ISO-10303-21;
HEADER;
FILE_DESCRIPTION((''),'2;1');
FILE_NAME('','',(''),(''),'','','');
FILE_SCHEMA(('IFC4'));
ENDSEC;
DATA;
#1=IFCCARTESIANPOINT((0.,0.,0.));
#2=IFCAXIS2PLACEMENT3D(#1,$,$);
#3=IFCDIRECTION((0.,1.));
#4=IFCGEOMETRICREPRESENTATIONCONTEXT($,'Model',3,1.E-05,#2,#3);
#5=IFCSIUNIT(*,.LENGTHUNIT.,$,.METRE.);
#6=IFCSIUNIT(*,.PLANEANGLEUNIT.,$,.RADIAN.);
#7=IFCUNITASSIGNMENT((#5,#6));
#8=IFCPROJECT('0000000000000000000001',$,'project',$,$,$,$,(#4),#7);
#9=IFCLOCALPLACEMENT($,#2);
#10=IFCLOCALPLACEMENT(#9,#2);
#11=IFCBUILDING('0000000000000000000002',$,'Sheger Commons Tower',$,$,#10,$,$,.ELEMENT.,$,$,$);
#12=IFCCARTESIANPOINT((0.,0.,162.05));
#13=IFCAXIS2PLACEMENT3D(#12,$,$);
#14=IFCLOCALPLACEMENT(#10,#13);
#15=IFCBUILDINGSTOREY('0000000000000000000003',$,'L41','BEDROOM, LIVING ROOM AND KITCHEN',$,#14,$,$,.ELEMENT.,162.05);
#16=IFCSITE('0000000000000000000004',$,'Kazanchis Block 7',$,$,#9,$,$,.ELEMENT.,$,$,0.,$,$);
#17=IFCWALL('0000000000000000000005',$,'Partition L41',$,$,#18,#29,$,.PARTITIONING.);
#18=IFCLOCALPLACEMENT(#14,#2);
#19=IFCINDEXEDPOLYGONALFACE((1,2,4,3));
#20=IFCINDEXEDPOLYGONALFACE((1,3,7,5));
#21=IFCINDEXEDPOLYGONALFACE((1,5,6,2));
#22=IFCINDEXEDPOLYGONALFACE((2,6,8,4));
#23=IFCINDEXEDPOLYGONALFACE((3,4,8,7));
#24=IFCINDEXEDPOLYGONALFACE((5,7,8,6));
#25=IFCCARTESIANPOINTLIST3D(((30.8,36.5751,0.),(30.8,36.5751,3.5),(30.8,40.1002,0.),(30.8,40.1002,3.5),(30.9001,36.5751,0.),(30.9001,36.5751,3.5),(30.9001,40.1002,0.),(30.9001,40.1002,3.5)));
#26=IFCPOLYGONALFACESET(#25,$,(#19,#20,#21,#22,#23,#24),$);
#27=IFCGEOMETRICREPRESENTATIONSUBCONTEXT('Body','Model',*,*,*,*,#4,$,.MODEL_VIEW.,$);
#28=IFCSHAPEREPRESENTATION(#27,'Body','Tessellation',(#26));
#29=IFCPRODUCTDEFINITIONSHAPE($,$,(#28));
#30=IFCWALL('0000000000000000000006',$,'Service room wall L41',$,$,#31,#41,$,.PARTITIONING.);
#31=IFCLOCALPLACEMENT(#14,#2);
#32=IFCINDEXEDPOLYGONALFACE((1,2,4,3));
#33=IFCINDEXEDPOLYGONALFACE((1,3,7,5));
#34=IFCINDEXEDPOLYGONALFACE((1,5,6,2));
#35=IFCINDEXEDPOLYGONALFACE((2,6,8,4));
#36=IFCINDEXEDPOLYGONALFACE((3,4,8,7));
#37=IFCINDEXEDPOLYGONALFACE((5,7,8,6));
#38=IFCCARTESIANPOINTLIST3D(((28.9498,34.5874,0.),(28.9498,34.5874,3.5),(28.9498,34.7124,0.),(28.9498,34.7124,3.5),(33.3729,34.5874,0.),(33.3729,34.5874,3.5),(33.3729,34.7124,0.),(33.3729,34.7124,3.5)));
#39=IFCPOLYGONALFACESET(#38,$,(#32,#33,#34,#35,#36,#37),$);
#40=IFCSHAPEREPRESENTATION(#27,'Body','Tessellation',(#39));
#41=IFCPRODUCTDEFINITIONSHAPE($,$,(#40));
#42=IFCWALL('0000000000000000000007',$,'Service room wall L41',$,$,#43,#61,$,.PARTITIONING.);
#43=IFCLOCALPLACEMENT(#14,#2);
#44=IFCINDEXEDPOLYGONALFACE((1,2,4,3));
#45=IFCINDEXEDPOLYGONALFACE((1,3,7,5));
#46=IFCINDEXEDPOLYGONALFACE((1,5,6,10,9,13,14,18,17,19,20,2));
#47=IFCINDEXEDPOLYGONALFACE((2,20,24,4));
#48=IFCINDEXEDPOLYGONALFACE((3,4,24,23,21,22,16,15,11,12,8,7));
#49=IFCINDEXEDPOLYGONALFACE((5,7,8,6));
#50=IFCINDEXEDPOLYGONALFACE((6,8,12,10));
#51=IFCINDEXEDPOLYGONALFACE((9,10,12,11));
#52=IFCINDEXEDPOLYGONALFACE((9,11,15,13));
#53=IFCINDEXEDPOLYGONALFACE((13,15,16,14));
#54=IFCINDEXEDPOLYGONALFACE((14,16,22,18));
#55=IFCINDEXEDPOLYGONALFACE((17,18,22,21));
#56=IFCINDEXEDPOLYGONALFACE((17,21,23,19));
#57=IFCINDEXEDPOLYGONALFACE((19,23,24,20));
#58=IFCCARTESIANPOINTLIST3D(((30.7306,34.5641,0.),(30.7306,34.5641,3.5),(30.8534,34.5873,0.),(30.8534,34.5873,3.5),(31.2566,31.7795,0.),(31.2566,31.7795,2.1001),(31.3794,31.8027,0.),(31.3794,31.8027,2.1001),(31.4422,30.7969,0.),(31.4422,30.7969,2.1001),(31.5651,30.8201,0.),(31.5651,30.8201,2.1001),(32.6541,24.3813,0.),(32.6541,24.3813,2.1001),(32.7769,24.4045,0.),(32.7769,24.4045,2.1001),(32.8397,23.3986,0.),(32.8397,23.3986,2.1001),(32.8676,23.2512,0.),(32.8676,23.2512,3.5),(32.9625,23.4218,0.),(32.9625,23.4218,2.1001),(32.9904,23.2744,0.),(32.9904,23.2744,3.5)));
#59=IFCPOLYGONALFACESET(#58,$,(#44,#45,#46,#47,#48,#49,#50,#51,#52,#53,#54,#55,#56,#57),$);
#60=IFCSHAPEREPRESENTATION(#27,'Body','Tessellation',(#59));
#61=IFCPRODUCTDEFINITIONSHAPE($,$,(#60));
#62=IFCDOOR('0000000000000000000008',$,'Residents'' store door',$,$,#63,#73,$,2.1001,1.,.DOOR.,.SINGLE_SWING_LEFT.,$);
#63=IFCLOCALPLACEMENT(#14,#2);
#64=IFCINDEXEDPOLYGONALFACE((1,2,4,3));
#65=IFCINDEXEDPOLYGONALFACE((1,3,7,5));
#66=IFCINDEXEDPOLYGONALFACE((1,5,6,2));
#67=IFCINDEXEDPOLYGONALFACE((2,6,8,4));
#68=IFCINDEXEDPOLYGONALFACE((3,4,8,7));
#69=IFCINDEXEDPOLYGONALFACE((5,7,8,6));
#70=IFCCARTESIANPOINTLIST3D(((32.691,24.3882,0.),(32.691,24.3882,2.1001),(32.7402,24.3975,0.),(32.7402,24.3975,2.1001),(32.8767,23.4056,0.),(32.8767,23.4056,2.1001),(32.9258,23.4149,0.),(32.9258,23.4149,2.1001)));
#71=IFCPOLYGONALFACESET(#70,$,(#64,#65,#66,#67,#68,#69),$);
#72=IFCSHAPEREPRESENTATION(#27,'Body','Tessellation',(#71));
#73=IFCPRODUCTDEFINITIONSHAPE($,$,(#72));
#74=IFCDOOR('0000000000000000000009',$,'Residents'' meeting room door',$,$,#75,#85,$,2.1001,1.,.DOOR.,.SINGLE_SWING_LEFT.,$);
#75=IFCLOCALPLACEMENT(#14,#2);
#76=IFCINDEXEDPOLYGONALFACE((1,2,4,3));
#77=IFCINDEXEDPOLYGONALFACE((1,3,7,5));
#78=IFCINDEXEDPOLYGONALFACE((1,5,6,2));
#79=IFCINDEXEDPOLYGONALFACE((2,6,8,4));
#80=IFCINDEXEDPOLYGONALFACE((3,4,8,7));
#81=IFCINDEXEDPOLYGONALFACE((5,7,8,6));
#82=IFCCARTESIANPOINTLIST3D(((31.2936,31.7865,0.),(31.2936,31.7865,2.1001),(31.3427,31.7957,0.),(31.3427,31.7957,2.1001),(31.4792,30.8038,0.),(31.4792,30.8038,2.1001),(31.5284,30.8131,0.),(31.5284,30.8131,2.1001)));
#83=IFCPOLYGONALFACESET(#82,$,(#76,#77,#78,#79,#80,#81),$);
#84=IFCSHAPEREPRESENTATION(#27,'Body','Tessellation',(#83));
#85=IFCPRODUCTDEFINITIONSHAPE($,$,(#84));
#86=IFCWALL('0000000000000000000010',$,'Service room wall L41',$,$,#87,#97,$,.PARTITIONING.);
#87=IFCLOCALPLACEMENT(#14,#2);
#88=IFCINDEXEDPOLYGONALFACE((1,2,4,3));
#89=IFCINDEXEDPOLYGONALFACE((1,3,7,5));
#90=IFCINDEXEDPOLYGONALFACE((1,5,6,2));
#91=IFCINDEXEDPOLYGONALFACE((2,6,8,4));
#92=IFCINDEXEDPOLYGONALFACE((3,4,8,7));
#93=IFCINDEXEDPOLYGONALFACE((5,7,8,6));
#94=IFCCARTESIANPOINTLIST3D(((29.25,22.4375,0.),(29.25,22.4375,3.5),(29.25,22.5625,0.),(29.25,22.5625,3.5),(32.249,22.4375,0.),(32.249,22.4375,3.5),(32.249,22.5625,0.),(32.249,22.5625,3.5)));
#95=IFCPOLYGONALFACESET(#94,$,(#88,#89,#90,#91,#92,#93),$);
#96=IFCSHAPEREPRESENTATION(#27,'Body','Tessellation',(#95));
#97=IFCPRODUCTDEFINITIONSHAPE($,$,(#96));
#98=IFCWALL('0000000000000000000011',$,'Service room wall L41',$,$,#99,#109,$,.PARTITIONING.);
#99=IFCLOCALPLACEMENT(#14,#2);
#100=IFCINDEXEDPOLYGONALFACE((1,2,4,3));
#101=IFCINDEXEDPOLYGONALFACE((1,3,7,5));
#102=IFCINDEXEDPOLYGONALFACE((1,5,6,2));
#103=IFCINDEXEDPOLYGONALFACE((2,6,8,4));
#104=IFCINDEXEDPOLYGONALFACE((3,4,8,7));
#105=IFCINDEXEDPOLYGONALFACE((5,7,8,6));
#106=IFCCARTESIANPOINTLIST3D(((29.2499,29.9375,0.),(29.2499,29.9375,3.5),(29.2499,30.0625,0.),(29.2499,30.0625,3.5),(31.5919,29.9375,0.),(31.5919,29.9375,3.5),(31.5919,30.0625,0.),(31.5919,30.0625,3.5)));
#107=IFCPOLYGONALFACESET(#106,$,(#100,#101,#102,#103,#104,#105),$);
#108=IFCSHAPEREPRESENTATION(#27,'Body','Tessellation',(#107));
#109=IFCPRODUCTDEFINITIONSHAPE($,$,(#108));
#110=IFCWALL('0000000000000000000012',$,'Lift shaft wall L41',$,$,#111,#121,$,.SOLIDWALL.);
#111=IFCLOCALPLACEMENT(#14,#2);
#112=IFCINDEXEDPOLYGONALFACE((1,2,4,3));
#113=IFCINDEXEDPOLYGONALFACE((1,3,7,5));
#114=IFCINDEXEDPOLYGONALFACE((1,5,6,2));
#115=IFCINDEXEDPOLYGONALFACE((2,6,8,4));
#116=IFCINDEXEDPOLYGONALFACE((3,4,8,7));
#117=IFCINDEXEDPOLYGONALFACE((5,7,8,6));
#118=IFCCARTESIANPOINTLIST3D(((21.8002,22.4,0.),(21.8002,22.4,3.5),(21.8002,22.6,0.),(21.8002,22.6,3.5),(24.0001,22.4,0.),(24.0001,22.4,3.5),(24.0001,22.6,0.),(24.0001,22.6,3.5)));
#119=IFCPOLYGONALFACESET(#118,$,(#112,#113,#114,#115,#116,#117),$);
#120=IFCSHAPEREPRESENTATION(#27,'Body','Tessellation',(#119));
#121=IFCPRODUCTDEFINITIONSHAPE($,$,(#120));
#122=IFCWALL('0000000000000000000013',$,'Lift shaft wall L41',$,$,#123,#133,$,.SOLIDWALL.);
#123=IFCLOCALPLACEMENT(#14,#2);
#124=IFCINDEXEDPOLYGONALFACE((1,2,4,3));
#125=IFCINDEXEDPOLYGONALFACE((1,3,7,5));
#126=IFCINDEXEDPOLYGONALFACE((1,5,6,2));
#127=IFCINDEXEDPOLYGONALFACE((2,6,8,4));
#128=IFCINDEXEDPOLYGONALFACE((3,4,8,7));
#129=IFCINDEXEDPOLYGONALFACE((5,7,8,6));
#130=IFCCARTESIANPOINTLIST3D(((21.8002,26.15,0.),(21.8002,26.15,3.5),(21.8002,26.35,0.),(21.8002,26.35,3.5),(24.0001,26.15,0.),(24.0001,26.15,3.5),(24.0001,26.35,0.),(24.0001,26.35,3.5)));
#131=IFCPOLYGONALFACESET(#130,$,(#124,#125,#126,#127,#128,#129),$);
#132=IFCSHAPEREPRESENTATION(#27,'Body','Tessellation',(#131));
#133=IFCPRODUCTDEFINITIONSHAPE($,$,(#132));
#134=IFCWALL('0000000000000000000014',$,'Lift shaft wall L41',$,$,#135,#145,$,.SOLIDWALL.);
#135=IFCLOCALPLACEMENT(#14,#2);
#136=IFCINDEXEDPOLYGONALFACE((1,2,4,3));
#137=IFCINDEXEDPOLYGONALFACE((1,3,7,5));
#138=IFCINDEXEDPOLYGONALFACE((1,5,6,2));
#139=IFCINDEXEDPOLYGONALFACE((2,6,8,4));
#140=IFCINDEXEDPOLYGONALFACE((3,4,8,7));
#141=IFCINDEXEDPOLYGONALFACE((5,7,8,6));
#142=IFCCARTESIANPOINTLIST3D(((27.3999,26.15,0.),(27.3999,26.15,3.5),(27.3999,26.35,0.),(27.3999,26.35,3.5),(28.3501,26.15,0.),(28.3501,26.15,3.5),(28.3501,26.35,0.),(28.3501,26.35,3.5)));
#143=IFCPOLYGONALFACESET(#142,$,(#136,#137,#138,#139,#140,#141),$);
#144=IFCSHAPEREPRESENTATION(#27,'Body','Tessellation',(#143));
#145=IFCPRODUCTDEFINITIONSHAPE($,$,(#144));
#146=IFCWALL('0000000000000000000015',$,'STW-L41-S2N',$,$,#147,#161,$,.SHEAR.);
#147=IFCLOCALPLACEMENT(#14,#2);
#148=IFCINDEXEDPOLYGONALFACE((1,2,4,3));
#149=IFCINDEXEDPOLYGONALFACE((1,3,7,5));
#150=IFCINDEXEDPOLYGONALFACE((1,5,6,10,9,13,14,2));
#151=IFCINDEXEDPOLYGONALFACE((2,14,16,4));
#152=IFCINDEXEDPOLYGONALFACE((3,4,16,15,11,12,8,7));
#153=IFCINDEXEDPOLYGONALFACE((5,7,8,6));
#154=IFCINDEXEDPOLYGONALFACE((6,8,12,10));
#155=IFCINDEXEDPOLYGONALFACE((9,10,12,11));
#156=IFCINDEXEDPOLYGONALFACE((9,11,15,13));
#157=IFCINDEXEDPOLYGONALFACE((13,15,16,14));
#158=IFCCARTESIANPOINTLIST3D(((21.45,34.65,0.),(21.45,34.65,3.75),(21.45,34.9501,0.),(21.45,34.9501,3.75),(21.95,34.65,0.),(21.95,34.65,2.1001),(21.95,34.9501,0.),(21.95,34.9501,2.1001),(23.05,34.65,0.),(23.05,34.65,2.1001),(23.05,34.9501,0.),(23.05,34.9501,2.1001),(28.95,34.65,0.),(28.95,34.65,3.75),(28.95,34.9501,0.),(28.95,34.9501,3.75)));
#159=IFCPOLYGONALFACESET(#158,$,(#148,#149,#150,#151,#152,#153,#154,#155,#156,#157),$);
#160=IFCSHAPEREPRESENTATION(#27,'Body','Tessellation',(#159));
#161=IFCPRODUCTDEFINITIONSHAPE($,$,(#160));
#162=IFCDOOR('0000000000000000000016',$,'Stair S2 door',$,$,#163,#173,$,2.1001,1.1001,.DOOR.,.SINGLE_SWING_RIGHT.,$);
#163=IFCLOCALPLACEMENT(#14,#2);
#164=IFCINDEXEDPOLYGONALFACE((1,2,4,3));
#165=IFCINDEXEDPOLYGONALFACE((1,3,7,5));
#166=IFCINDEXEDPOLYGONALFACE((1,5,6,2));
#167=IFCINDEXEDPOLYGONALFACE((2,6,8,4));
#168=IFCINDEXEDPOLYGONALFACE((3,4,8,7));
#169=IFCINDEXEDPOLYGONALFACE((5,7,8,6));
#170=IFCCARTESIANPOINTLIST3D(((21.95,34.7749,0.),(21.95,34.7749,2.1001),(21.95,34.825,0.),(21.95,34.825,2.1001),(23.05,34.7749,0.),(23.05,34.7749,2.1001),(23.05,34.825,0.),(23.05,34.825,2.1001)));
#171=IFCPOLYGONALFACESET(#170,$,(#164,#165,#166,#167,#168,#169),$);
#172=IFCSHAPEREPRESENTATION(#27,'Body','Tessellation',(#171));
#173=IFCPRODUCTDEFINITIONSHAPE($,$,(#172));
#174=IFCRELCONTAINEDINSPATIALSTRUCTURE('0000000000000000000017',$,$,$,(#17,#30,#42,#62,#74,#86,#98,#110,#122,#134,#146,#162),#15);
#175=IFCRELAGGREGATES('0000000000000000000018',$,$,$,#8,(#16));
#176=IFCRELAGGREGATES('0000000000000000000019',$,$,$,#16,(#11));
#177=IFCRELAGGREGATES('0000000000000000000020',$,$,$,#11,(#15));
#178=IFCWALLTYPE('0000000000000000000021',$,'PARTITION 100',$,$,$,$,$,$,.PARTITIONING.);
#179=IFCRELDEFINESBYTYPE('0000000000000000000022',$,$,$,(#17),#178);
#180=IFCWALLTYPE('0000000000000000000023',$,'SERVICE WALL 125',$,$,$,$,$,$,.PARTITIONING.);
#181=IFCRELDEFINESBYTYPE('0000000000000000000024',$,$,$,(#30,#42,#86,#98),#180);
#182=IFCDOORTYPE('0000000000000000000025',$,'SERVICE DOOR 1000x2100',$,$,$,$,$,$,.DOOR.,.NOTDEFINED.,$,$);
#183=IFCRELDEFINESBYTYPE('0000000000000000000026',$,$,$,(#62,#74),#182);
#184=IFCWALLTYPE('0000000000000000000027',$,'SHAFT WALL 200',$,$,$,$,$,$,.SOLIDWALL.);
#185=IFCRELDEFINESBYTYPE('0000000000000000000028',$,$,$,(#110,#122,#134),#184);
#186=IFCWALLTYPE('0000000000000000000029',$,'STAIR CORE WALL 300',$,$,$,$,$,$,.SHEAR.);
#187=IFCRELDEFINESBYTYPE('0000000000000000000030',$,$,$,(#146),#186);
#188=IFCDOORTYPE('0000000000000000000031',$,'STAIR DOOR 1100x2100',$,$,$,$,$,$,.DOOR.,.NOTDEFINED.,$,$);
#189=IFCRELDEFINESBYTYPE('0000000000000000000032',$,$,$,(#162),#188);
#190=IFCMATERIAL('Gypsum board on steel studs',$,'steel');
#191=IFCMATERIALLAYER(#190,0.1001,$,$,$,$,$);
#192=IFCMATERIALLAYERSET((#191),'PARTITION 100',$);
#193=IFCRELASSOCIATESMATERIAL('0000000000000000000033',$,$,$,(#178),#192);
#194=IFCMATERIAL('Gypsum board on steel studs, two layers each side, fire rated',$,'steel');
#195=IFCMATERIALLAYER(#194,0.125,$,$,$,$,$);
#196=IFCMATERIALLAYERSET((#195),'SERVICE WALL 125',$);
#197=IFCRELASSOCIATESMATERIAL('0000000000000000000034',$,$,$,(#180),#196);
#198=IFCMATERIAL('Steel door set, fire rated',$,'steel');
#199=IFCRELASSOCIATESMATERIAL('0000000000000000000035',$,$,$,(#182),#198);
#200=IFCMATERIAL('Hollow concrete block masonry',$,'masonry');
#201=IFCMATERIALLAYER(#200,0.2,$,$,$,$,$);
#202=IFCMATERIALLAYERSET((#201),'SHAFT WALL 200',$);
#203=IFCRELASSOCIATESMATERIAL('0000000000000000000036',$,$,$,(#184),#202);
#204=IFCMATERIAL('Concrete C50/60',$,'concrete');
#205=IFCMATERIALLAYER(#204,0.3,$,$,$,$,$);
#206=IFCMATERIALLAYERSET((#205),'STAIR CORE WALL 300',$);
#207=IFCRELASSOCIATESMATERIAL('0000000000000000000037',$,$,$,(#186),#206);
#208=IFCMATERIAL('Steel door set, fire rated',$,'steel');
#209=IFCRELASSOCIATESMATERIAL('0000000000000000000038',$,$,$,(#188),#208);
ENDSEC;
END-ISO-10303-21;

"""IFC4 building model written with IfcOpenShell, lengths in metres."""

from ifc_helpers import new_model, si_unit, direction, frame, frame_2d, origin, place, context, subcontext, project, spatial, rectangle, extrude, material, layer, layer_set, type_object, element, fill, save


model = new_model("IFC4")

# Units and contexts
model_context = context("Model", 3, precision=1e-05, world=origin(), true_north=direction((0.0, 1.0)))
body_context = subcontext(model_context, "Body", "Model", "MODEL_VIEW")
ifc_project = project(units=[si_unit("LENGTHUNIT", "METRE"), si_unit("PLANEANGLEUNIT", "RADIAN")], contexts=[model_context])

# Site, building, storey
site_placement = place(None, origin())
site = spatial("IfcSite", under=ifc_project, at=site_placement, Name="Kazanchis Block 7", CompositionType="ELEMENT", RefElevation=0.0)
building_placement = place(site_placement, origin())
building = spatial("IfcBuilding", under=site, at=building_placement, Name="Sheger Commons Tower", CompositionType="ELEMENT")
storey_placement = place(building_placement, frame((0.0, 0.0, 162.05)))
storey = spatial("IfcBuildingStorey", under=building, at=storey_placement, Name="L41", Description="BEDROOM, LIVING ROOM AND KITCHEN", CompositionType="ELEMENT", Elevation=162.05)

# Walls
ifc_material_1 = material(Name="Gypsum board on steel studs", Category="steel")
ifc_layer_1 = layer(ifc_material_1, 0.1001)
ifc_layer_set_1 = layer_set([ifc_layer_1], Name="PARTITION 100")
wall_type_1 = type_object("IfcWallType", Name="PARTITION 100", PredefinedType="PARTITIONING", material=ifc_layer_set_1)
for number, where, z_axis, x_axis, name in (
    (1, (30.8501, 36.575, 0.0), (0.0, 0.0, 1.0), (0.0, 1.0, 0.0), "Partition L41"),
):
    element("IfcWall", number, at=place(storey_placement, frame(where, z_axis=z_axis, x_axis=x_axis)), inside=storey, type_object=wall_type_1, Name=name, PredefinedType="PARTITIONING", context=body_context, shape_type="SweptSolid", body=[
        extrude(rectangle(XDim=3.5251, YDim=0.1001, at=frame_2d((1.7627, 0.0))), origin(), (0.0, 0.0, 1.0), 3.5),
    ])
ifc_material_2 = material(Name="Gypsum board on steel studs, two layers each side, fire rated", Category="steel")
ifc_layer_2 = layer(ifc_material_2, 0.125)
ifc_layer_set_2 = layer_set([ifc_layer_2], Name="SERVICE WALL 125")
wall_type_2 = type_object("IfcWallType", Name="SERVICE WALL 125", PredefinedType="PARTITIONING", material=ifc_layer_set_2)
wall_1_placement = place(storey_placement, frame((28.95, 34.6499, 0.0), z_axis=(0.0, 0.0, 1.0), x_axis=(1.0, 0.0, 0.0)))
element("IfcWall", 2, at=wall_1_placement, inside=storey, type_object=wall_type_2, Name="Service room wall L41", PredefinedType="PARTITIONING", context=body_context, shape_type="SweptSolid", body=[
    extrude(rectangle(XDim=4.4231, YDim=0.125, at=frame_2d((2.2114, 0.0))), origin(), (0.0, 0.0, 1.0), 3.5),
])

# Wall, openings, doors
wall_2_placement = place(storey_placement, frame((32.929, 23.2629, 0.0), z_axis=(0.0, 0.0, 1.0), x_axis=(-0.185612, 0.982623, 0.0)))
wall_2 = element("IfcWall", 3, at=wall_2_placement, inside=storey, type_object=wall_type_2, Name="Service room wall L41", PredefinedType="PARTITIONING", context=body_context, shape_type="SweptSolid", body=[
    extrude(rectangle(XDim=11.5129, YDim=0.125, at=frame_2d((5.7563, 0.0))), origin(), (0.0, 0.0, 1.0), 3.5),
])
opening_1_placement = place(wall_2_placement, frame((0.1499, 0.0, 0.0)))
opening_1 = element("IfcOpeningElement", 4, at=opening_1_placement, cuts=wall_2, PredefinedType="OPENING", context=body_context, shape_type="SweptSolid", body=[
    extrude(rectangle(XDim=1.0, YDim=2.1001, at=frame_2d((0.5, 1.05))), frame((0.0, 0.0725, 0.0), z_axis=(0.0, -1.0, 0.0), x_axis=(1.0, 0.0, 0.0)), (0.0, 0.0, 1.0), 0.145),
])
opening_2_placement = place(wall_2_placement, frame((7.679, 0.0, 0.0)))
opening_2 = element("IfcOpeningElement", 5, at=opening_2_placement, cuts=wall_2, PredefinedType="OPENING", context=body_context, shape_type="SweptSolid", body=[
    extrude(rectangle(XDim=1.0, YDim=2.1001, at=frame_2d((0.5, 1.05))), frame((0.0, 0.0725, 0.0), z_axis=(0.0, -1.0, 0.0), x_axis=(1.0, 0.0, 0.0)), (0.0, 0.0, 1.0), 0.145),
])
ifc_material_3 = material(Name="Steel door set, fire rated", Category="steel")
door_type_1 = type_object("IfcDoorType", Name="SERVICE DOOR 1000x2100", OperationType="NOTDEFINED", PredefinedType="DOOR", material=ifc_material_3)
door_1_placement = place(opening_1_placement, origin())
door_1 = element("IfcDoor", 6, at=door_1_placement, inside=storey, type_object=door_type_1, Name="Residents' store door", OperationType="SINGLE_SWING_LEFT", OverallHeight=2.1001, OverallWidth=1.0, PredefinedType="DOOR", context=body_context, shape_type="SweptSolid", body=[
    extrude(rectangle(XDim=1.0, YDim=2.1001, at=frame_2d((0.5, 1.05))), frame((0.0, 0.0249, 0.0), z_axis=(0.0, -1.0, 0.0), x_axis=(1.0, 0.0, 0.0)), (0.0, 0.0, 1.0), 0.05),
])
fill(opening_1, door_1)
door_2_placement = place(opening_2_placement, origin())
door_2 = element("IfcDoor", 7, at=door_2_placement, inside=storey, type_object=door_type_1, Name="Residents' meeting room door", OperationType="SINGLE_SWING_LEFT", OverallHeight=2.1001, OverallWidth=1.0, PredefinedType="DOOR", context=body_context, shape_type="SweptSolid", body=[
    extrude(rectangle(XDim=1.0, YDim=2.1001, at=frame_2d((0.5, 1.05))), frame((0.0, 0.0249, 0.0), z_axis=(0.0, -1.0, 0.0), x_axis=(1.0, 0.0, 0.0)), (0.0, 0.0, 1.0), 0.05),
])
fill(opening_2, door_2)

# Walls
wall_3_placement = place(storey_placement, frame((29.25, 22.5, 0.0), z_axis=(0.0, 0.0, 1.0), x_axis=(1.0, 0.0, 0.0)))
element("IfcWall", 8, at=wall_3_placement, inside=storey, type_object=wall_type_2, Name="Service room wall L41", PredefinedType="PARTITIONING", context=body_context, shape_type="SweptSolid", body=[
    extrude(rectangle(XDim=2.999, YDim=0.125, at=frame_2d((1.4995, 0.0))), origin(), (0.0, 0.0, 1.0), 3.5),
])
wall_4_placement = place(storey_placement, frame((29.25, 30.0, 0.0), z_axis=(0.0, 0.0, 1.0), x_axis=(1.0, 0.0, 0.0)))
element("IfcWall", 9, at=wall_4_placement, inside=storey, type_object=wall_type_2, Name="Service room wall L41", PredefinedType="PARTITIONING", context=body_context, shape_type="SweptSolid", body=[
    extrude(rectangle(XDim=2.342, YDim=0.125, at=frame_2d((1.1709, 0.0))), origin(), (0.0, 0.0, 1.0), 3.5),
])
ifc_material_4 = material(Name="Hollow concrete block masonry", Category="masonry")
ifc_layer_3 = layer(ifc_material_4, 0.2)
ifc_layer_set_3 = layer_set([ifc_layer_3], Name="SHAFT WALL 200")
wall_type_3 = type_object("IfcWallType", Name="SHAFT WALL 200", PredefinedType="SOLIDWALL", material=ifc_layer_set_3)
for number, where, z_axis, x_axis, name in (
    (10, (21.8, 22.5, 0.0), (0.0, 0.0, 1.0), (1.0, 0.0, 0.0), "Lift shaft wall L41"),
    (11, (21.8, 26.25, 0.0), (0.0, 0.0, 1.0), (1.0, 0.0, 0.0), "Lift shaft wall L41"),
):
    element("IfcWall", number, at=place(storey_placement, frame(where, z_axis=z_axis, x_axis=x_axis)), inside=storey, type_object=wall_type_3, Name=name, PredefinedType="SOLIDWALL", context=body_context, shape_type="SweptSolid", body=[
        extrude(rectangle(XDim=2.2, YDim=0.2, at=frame_2d((1.1001, 0.0))), origin(), (0.0, 0.0, 1.0), 3.5),
    ])
wall_5_placement = place(storey_placement, frame((27.3999, 26.25, 0.0), z_axis=(0.0, 0.0, 1.0), x_axis=(1.0, 0.0, 0.0)))
element("IfcWall", 12, at=wall_5_placement, inside=storey, type_object=wall_type_3, Name="Lift shaft wall L41", PredefinedType="SOLIDWALL", context=body_context, shape_type="SweptSolid", body=[
    extrude(rectangle(XDim=0.9502, YDim=0.2, at=frame_2d((0.4751, 0.0))), origin(), (0.0, 0.0, 1.0), 3.5),
])

# Wall, opening, door
ifc_material_5 = material(Name="Concrete C50/60", Category="concrete")
ifc_layer_4 = layer(ifc_material_5, 0.3)
ifc_layer_set_4 = layer_set([ifc_layer_4], Name="STAIR CORE WALL 300")
wall_type_4 = type_object("IfcWallType", Name="STAIR CORE WALL 300", PredefinedType="SHEAR", material=ifc_layer_set_4)
wall_6_placement = place(storey_placement, frame((21.45, 34.8, 0.0), z_axis=(0.0, 0.0, 1.0), x_axis=(1.0, 0.0, 0.0)))
wall_6 = element("IfcWall", 13, at=wall_6_placement, inside=storey, type_object=wall_type_4, Name="STW-L41-S2N", PredefinedType="SHEAR", context=body_context, shape_type="SweptSolid", body=[
    extrude(rectangle(XDim=7.5, YDim=0.3, at=frame_2d((3.75, 0.0))), origin(), (0.0, 0.0, 1.0), 3.75),
])
opening_3_placement = place(wall_6_placement, frame((0.5, 0.0, 0.0)))
opening_3 = element("IfcOpeningElement", 14, at=opening_3_placement, cuts=wall_6, PredefinedType="OPENING", context=body_context, shape_type="SweptSolid", body=[
    extrude(rectangle(XDim=1.1001, YDim=2.1001, at=frame_2d((0.55, 1.05))), frame((0.0, 0.1599, 0.0), z_axis=(0.0, -1.0, 0.0), x_axis=(1.0, 0.0, 0.0)), (0.0, 0.0, 1.0), 0.3201),
])
ifc_material_6 = material(Name="Steel door set, fire rated", Category="steel")
door_type_2 = type_object("IfcDoorType", Name="STAIR DOOR 1100x2100", OperationType="NOTDEFINED", PredefinedType="DOOR", material=ifc_material_6)
door_3_placement = place(opening_3_placement, origin())
door_3 = element("IfcDoor", 15, at=door_3_placement, inside=storey, type_object=door_type_2, Name="Stair S2 door", OperationType="SINGLE_SWING_RIGHT", OverallHeight=2.1001, OverallWidth=1.1001, PredefinedType="DOOR", context=body_context, shape_type="SweptSolid", body=[
    extrude(rectangle(XDim=1.1001, YDim=2.1001, at=frame_2d((0.55, 1.05))), frame((0.0, 0.0249, 0.0), z_axis=(0.0, -1.0, 0.0), x_axis=(1.0, 0.0, 0.0)), (0.0, 0.0, 1.0), 0.05),
])
fill(opening_3, door_3)

save(model, "model.ifc")
